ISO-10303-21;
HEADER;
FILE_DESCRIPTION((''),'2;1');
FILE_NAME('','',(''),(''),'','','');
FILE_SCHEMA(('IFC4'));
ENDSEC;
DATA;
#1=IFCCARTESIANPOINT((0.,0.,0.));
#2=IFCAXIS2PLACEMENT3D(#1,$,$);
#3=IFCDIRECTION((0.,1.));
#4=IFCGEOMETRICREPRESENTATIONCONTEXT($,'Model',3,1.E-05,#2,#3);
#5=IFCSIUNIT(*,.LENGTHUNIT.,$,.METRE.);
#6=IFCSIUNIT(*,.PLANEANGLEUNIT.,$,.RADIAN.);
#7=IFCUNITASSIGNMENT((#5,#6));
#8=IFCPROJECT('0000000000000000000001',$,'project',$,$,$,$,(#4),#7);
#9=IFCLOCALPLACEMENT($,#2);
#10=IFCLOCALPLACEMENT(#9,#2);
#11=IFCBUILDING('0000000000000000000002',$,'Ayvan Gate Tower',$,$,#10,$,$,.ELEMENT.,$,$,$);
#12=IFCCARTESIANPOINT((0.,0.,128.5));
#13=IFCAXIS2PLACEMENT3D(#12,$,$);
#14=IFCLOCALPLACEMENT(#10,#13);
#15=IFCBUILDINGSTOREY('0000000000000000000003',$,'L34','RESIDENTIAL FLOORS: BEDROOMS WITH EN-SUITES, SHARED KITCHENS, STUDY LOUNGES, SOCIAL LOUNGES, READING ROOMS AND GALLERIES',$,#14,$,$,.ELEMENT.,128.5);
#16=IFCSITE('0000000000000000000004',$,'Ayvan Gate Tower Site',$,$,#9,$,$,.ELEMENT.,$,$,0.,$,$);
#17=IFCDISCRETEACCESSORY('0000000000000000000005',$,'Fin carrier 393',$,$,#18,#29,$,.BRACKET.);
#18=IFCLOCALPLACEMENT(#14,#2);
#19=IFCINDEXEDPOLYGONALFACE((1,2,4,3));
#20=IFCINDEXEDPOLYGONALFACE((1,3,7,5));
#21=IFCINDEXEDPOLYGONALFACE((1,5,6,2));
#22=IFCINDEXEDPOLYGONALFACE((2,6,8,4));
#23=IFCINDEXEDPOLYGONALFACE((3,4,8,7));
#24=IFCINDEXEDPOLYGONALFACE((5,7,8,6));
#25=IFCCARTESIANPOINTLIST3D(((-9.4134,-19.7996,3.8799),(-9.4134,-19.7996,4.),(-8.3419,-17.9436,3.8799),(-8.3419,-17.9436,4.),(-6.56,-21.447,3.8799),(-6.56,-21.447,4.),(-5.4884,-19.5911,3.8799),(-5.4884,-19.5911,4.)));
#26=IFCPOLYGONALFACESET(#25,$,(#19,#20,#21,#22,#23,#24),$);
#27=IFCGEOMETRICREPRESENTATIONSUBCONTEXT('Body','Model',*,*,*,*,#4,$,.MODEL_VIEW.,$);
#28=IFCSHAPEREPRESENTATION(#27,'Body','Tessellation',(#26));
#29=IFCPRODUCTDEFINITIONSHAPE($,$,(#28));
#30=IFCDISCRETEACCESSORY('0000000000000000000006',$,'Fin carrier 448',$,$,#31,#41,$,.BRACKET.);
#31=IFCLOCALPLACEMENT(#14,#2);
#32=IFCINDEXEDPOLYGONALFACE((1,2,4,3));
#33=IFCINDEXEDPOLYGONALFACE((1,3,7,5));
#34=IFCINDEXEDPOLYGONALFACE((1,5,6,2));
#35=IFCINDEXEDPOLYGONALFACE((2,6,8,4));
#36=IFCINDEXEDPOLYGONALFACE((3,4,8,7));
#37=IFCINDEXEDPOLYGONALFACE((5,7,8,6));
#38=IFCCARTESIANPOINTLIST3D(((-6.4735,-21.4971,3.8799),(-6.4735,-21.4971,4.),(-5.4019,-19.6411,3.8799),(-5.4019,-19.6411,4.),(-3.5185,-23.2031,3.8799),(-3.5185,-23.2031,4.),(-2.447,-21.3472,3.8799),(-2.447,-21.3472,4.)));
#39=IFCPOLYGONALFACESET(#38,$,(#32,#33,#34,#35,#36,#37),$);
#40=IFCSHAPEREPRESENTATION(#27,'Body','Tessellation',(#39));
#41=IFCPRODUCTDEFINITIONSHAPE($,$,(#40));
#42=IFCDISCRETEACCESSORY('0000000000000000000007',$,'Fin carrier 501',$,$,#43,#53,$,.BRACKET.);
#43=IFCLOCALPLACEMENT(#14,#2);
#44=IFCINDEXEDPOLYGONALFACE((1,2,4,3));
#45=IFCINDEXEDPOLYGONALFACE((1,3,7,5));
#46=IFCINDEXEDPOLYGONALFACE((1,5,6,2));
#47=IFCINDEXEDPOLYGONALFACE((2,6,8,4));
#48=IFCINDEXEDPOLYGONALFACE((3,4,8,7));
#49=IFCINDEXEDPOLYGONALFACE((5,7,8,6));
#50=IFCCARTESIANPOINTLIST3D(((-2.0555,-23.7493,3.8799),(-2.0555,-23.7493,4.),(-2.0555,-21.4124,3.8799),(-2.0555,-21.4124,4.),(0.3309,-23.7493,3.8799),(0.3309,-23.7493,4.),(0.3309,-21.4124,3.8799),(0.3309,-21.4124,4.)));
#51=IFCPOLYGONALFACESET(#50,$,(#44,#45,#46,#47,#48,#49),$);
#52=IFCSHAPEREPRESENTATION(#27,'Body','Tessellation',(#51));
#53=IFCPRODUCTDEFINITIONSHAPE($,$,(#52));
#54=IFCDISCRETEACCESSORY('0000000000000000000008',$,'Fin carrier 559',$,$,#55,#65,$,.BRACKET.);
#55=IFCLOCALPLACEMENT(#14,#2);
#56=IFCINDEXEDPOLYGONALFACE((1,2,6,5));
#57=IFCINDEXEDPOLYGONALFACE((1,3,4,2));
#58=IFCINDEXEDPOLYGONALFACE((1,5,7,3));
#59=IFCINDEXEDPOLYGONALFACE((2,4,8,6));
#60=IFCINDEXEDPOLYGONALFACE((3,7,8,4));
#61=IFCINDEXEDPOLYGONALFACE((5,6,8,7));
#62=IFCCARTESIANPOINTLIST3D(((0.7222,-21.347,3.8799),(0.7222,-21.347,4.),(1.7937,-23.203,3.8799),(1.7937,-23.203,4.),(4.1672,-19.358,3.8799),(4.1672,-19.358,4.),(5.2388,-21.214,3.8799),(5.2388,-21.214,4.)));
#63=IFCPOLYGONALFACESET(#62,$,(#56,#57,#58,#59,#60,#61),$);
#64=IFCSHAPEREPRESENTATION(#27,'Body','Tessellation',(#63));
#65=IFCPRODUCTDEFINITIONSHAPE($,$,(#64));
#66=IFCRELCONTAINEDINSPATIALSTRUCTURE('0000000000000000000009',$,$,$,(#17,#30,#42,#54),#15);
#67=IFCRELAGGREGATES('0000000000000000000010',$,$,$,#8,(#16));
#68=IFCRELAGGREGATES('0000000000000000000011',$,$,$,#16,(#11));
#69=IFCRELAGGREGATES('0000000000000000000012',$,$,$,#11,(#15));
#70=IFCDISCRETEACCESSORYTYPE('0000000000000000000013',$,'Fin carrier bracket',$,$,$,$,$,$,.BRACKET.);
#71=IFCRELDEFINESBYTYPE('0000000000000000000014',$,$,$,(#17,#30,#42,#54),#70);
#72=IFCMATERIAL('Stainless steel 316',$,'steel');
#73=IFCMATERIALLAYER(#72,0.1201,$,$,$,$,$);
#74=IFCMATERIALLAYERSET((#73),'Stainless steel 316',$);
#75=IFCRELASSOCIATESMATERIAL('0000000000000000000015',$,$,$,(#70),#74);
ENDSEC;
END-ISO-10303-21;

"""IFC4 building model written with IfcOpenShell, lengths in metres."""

from ifc_helpers import new_model, si_unit, direction, frame, origin, origin_2d, place, context, subcontext, project, spatial, rectangle, extrude, material, layer, layer_set, type_object, element, save


model = new_model("IFC4")

# Units and contexts
model_context = context("Model", 3, precision=1e-05, world=origin(), true_north=direction((0.0, 1.0)))
body_context = subcontext(model_context, "Body", "Model", "MODEL_VIEW")
ifc_project = project(units=[si_unit("LENGTHUNIT", "METRE"), si_unit("PLANEANGLEUNIT", "RADIAN")], contexts=[model_context])

# Site, building, storey
site_placement = place(None, origin())
site = spatial("IfcSite", under=ifc_project, at=site_placement, Name="Ayvan Gate Tower Site", CompositionType="ELEMENT", RefElevation=0.0)
building_placement = place(site_placement, origin())
building = spatial("IfcBuilding", under=site, at=building_placement, Name="Ayvan Gate Tower", CompositionType="ELEMENT")
storey_placement = place(building_placement, frame((0.0, 0.0, 128.5)))
storey = spatial("IfcBuildingStorey", under=building, at=storey_placement, Name="L34", Description="RESIDENTIAL FLOORS: BEDROOMS WITH EN-SUITES, SHARED KITCHENS, STUDY LOUNGES, SOCIAL LOUNGES, READING ROOMS AND GALLERIES", CompositionType="ELEMENT", Elevation=128.5)

# Discrete accessories
ifc_material_1 = material(Name="Stainless steel 316", Category="steel")
ifc_layer_1 = layer(ifc_material_1, 0.1201)
ifc_layer_set_1 = layer_set([ifc_layer_1], Name="Stainless steel 316")
discrete_accessory_type = type_object("IfcDiscreteAccessoryType", Name="Fin carrier bracket", PredefinedType="BRACKET", material=ifc_layer_set_1)
discrete_accessory_1_placement = place(storey_placement, frame((-7.4509, -19.6953, 3.8799), z_axis=(0.0, 0.0, 1.0), x_axis=(0.866025, -0.5, 0.0)))
element("IfcDiscreteAccessory", 1, at=discrete_accessory_1_placement, inside=storey, type_object=discrete_accessory_type, Name="Fin carrier 393", PredefinedType="BRACKET", context=body_context, shape_type="SweptSolid", body=[
    extrude(rectangle(XDim=3.2949, YDim=2.1431, at=origin_2d()), origin(), (0.0, 0.0, 1.0), 0.1201),
])
discrete_accessory_2_placement = place(storey_placement, frame((-4.4602, -21.4221, 3.8799), z_axis=(0.0, 0.0, 1.0), x_axis=(0.866025, -0.5, 0.0)))
element("IfcDiscreteAccessory", 2, at=discrete_accessory_2_placement, inside=storey, type_object=discrete_accessory_type, Name="Fin carrier 448", PredefinedType="BRACKET", context=body_context, shape_type="SweptSolid", body=[
    extrude(rectangle(XDim=3.4121, YDim=2.1431, at=origin_2d()), origin(), (0.0, 0.0, 1.0), 0.1201),
])
discrete_accessory_3_placement = place(storey_placement, frame((-0.8623, -22.5808, 3.8799), z_axis=(0.0, 0.0, 1.0), x_axis=(1.0, 0.0, 0.0)))
element("IfcDiscreteAccessory", 3, at=discrete_accessory_3_placement, inside=storey, type_object=discrete_accessory_type, Name="Fin carrier 501", PredefinedType="BRACKET", context=body_context, shape_type="SweptSolid", body=[
    extrude(rectangle(XDim=2.3865, YDim=2.3369, at=origin_2d()), origin(), (0.0, 0.0, 1.0), 0.1201),
])
discrete_accessory_4_placement = place(storey_placement, frame((2.9805, -21.2805, 3.8799), z_axis=(0.0, 0.0, 1.0), x_axis=(0.866025, 0.5, 0.0)))
element("IfcDiscreteAccessory", 4, at=discrete_accessory_4_placement, inside=storey, type_object=discrete_accessory_type, Name="Fin carrier 559", PredefinedType="BRACKET", context=body_context, shape_type="SweptSolid", body=[
    extrude(rectangle(XDim=3.978, YDim=2.1431, at=origin_2d()), origin(), (0.0, 0.0, 1.0), 0.1201),
])

save(model, "model.ifc")
